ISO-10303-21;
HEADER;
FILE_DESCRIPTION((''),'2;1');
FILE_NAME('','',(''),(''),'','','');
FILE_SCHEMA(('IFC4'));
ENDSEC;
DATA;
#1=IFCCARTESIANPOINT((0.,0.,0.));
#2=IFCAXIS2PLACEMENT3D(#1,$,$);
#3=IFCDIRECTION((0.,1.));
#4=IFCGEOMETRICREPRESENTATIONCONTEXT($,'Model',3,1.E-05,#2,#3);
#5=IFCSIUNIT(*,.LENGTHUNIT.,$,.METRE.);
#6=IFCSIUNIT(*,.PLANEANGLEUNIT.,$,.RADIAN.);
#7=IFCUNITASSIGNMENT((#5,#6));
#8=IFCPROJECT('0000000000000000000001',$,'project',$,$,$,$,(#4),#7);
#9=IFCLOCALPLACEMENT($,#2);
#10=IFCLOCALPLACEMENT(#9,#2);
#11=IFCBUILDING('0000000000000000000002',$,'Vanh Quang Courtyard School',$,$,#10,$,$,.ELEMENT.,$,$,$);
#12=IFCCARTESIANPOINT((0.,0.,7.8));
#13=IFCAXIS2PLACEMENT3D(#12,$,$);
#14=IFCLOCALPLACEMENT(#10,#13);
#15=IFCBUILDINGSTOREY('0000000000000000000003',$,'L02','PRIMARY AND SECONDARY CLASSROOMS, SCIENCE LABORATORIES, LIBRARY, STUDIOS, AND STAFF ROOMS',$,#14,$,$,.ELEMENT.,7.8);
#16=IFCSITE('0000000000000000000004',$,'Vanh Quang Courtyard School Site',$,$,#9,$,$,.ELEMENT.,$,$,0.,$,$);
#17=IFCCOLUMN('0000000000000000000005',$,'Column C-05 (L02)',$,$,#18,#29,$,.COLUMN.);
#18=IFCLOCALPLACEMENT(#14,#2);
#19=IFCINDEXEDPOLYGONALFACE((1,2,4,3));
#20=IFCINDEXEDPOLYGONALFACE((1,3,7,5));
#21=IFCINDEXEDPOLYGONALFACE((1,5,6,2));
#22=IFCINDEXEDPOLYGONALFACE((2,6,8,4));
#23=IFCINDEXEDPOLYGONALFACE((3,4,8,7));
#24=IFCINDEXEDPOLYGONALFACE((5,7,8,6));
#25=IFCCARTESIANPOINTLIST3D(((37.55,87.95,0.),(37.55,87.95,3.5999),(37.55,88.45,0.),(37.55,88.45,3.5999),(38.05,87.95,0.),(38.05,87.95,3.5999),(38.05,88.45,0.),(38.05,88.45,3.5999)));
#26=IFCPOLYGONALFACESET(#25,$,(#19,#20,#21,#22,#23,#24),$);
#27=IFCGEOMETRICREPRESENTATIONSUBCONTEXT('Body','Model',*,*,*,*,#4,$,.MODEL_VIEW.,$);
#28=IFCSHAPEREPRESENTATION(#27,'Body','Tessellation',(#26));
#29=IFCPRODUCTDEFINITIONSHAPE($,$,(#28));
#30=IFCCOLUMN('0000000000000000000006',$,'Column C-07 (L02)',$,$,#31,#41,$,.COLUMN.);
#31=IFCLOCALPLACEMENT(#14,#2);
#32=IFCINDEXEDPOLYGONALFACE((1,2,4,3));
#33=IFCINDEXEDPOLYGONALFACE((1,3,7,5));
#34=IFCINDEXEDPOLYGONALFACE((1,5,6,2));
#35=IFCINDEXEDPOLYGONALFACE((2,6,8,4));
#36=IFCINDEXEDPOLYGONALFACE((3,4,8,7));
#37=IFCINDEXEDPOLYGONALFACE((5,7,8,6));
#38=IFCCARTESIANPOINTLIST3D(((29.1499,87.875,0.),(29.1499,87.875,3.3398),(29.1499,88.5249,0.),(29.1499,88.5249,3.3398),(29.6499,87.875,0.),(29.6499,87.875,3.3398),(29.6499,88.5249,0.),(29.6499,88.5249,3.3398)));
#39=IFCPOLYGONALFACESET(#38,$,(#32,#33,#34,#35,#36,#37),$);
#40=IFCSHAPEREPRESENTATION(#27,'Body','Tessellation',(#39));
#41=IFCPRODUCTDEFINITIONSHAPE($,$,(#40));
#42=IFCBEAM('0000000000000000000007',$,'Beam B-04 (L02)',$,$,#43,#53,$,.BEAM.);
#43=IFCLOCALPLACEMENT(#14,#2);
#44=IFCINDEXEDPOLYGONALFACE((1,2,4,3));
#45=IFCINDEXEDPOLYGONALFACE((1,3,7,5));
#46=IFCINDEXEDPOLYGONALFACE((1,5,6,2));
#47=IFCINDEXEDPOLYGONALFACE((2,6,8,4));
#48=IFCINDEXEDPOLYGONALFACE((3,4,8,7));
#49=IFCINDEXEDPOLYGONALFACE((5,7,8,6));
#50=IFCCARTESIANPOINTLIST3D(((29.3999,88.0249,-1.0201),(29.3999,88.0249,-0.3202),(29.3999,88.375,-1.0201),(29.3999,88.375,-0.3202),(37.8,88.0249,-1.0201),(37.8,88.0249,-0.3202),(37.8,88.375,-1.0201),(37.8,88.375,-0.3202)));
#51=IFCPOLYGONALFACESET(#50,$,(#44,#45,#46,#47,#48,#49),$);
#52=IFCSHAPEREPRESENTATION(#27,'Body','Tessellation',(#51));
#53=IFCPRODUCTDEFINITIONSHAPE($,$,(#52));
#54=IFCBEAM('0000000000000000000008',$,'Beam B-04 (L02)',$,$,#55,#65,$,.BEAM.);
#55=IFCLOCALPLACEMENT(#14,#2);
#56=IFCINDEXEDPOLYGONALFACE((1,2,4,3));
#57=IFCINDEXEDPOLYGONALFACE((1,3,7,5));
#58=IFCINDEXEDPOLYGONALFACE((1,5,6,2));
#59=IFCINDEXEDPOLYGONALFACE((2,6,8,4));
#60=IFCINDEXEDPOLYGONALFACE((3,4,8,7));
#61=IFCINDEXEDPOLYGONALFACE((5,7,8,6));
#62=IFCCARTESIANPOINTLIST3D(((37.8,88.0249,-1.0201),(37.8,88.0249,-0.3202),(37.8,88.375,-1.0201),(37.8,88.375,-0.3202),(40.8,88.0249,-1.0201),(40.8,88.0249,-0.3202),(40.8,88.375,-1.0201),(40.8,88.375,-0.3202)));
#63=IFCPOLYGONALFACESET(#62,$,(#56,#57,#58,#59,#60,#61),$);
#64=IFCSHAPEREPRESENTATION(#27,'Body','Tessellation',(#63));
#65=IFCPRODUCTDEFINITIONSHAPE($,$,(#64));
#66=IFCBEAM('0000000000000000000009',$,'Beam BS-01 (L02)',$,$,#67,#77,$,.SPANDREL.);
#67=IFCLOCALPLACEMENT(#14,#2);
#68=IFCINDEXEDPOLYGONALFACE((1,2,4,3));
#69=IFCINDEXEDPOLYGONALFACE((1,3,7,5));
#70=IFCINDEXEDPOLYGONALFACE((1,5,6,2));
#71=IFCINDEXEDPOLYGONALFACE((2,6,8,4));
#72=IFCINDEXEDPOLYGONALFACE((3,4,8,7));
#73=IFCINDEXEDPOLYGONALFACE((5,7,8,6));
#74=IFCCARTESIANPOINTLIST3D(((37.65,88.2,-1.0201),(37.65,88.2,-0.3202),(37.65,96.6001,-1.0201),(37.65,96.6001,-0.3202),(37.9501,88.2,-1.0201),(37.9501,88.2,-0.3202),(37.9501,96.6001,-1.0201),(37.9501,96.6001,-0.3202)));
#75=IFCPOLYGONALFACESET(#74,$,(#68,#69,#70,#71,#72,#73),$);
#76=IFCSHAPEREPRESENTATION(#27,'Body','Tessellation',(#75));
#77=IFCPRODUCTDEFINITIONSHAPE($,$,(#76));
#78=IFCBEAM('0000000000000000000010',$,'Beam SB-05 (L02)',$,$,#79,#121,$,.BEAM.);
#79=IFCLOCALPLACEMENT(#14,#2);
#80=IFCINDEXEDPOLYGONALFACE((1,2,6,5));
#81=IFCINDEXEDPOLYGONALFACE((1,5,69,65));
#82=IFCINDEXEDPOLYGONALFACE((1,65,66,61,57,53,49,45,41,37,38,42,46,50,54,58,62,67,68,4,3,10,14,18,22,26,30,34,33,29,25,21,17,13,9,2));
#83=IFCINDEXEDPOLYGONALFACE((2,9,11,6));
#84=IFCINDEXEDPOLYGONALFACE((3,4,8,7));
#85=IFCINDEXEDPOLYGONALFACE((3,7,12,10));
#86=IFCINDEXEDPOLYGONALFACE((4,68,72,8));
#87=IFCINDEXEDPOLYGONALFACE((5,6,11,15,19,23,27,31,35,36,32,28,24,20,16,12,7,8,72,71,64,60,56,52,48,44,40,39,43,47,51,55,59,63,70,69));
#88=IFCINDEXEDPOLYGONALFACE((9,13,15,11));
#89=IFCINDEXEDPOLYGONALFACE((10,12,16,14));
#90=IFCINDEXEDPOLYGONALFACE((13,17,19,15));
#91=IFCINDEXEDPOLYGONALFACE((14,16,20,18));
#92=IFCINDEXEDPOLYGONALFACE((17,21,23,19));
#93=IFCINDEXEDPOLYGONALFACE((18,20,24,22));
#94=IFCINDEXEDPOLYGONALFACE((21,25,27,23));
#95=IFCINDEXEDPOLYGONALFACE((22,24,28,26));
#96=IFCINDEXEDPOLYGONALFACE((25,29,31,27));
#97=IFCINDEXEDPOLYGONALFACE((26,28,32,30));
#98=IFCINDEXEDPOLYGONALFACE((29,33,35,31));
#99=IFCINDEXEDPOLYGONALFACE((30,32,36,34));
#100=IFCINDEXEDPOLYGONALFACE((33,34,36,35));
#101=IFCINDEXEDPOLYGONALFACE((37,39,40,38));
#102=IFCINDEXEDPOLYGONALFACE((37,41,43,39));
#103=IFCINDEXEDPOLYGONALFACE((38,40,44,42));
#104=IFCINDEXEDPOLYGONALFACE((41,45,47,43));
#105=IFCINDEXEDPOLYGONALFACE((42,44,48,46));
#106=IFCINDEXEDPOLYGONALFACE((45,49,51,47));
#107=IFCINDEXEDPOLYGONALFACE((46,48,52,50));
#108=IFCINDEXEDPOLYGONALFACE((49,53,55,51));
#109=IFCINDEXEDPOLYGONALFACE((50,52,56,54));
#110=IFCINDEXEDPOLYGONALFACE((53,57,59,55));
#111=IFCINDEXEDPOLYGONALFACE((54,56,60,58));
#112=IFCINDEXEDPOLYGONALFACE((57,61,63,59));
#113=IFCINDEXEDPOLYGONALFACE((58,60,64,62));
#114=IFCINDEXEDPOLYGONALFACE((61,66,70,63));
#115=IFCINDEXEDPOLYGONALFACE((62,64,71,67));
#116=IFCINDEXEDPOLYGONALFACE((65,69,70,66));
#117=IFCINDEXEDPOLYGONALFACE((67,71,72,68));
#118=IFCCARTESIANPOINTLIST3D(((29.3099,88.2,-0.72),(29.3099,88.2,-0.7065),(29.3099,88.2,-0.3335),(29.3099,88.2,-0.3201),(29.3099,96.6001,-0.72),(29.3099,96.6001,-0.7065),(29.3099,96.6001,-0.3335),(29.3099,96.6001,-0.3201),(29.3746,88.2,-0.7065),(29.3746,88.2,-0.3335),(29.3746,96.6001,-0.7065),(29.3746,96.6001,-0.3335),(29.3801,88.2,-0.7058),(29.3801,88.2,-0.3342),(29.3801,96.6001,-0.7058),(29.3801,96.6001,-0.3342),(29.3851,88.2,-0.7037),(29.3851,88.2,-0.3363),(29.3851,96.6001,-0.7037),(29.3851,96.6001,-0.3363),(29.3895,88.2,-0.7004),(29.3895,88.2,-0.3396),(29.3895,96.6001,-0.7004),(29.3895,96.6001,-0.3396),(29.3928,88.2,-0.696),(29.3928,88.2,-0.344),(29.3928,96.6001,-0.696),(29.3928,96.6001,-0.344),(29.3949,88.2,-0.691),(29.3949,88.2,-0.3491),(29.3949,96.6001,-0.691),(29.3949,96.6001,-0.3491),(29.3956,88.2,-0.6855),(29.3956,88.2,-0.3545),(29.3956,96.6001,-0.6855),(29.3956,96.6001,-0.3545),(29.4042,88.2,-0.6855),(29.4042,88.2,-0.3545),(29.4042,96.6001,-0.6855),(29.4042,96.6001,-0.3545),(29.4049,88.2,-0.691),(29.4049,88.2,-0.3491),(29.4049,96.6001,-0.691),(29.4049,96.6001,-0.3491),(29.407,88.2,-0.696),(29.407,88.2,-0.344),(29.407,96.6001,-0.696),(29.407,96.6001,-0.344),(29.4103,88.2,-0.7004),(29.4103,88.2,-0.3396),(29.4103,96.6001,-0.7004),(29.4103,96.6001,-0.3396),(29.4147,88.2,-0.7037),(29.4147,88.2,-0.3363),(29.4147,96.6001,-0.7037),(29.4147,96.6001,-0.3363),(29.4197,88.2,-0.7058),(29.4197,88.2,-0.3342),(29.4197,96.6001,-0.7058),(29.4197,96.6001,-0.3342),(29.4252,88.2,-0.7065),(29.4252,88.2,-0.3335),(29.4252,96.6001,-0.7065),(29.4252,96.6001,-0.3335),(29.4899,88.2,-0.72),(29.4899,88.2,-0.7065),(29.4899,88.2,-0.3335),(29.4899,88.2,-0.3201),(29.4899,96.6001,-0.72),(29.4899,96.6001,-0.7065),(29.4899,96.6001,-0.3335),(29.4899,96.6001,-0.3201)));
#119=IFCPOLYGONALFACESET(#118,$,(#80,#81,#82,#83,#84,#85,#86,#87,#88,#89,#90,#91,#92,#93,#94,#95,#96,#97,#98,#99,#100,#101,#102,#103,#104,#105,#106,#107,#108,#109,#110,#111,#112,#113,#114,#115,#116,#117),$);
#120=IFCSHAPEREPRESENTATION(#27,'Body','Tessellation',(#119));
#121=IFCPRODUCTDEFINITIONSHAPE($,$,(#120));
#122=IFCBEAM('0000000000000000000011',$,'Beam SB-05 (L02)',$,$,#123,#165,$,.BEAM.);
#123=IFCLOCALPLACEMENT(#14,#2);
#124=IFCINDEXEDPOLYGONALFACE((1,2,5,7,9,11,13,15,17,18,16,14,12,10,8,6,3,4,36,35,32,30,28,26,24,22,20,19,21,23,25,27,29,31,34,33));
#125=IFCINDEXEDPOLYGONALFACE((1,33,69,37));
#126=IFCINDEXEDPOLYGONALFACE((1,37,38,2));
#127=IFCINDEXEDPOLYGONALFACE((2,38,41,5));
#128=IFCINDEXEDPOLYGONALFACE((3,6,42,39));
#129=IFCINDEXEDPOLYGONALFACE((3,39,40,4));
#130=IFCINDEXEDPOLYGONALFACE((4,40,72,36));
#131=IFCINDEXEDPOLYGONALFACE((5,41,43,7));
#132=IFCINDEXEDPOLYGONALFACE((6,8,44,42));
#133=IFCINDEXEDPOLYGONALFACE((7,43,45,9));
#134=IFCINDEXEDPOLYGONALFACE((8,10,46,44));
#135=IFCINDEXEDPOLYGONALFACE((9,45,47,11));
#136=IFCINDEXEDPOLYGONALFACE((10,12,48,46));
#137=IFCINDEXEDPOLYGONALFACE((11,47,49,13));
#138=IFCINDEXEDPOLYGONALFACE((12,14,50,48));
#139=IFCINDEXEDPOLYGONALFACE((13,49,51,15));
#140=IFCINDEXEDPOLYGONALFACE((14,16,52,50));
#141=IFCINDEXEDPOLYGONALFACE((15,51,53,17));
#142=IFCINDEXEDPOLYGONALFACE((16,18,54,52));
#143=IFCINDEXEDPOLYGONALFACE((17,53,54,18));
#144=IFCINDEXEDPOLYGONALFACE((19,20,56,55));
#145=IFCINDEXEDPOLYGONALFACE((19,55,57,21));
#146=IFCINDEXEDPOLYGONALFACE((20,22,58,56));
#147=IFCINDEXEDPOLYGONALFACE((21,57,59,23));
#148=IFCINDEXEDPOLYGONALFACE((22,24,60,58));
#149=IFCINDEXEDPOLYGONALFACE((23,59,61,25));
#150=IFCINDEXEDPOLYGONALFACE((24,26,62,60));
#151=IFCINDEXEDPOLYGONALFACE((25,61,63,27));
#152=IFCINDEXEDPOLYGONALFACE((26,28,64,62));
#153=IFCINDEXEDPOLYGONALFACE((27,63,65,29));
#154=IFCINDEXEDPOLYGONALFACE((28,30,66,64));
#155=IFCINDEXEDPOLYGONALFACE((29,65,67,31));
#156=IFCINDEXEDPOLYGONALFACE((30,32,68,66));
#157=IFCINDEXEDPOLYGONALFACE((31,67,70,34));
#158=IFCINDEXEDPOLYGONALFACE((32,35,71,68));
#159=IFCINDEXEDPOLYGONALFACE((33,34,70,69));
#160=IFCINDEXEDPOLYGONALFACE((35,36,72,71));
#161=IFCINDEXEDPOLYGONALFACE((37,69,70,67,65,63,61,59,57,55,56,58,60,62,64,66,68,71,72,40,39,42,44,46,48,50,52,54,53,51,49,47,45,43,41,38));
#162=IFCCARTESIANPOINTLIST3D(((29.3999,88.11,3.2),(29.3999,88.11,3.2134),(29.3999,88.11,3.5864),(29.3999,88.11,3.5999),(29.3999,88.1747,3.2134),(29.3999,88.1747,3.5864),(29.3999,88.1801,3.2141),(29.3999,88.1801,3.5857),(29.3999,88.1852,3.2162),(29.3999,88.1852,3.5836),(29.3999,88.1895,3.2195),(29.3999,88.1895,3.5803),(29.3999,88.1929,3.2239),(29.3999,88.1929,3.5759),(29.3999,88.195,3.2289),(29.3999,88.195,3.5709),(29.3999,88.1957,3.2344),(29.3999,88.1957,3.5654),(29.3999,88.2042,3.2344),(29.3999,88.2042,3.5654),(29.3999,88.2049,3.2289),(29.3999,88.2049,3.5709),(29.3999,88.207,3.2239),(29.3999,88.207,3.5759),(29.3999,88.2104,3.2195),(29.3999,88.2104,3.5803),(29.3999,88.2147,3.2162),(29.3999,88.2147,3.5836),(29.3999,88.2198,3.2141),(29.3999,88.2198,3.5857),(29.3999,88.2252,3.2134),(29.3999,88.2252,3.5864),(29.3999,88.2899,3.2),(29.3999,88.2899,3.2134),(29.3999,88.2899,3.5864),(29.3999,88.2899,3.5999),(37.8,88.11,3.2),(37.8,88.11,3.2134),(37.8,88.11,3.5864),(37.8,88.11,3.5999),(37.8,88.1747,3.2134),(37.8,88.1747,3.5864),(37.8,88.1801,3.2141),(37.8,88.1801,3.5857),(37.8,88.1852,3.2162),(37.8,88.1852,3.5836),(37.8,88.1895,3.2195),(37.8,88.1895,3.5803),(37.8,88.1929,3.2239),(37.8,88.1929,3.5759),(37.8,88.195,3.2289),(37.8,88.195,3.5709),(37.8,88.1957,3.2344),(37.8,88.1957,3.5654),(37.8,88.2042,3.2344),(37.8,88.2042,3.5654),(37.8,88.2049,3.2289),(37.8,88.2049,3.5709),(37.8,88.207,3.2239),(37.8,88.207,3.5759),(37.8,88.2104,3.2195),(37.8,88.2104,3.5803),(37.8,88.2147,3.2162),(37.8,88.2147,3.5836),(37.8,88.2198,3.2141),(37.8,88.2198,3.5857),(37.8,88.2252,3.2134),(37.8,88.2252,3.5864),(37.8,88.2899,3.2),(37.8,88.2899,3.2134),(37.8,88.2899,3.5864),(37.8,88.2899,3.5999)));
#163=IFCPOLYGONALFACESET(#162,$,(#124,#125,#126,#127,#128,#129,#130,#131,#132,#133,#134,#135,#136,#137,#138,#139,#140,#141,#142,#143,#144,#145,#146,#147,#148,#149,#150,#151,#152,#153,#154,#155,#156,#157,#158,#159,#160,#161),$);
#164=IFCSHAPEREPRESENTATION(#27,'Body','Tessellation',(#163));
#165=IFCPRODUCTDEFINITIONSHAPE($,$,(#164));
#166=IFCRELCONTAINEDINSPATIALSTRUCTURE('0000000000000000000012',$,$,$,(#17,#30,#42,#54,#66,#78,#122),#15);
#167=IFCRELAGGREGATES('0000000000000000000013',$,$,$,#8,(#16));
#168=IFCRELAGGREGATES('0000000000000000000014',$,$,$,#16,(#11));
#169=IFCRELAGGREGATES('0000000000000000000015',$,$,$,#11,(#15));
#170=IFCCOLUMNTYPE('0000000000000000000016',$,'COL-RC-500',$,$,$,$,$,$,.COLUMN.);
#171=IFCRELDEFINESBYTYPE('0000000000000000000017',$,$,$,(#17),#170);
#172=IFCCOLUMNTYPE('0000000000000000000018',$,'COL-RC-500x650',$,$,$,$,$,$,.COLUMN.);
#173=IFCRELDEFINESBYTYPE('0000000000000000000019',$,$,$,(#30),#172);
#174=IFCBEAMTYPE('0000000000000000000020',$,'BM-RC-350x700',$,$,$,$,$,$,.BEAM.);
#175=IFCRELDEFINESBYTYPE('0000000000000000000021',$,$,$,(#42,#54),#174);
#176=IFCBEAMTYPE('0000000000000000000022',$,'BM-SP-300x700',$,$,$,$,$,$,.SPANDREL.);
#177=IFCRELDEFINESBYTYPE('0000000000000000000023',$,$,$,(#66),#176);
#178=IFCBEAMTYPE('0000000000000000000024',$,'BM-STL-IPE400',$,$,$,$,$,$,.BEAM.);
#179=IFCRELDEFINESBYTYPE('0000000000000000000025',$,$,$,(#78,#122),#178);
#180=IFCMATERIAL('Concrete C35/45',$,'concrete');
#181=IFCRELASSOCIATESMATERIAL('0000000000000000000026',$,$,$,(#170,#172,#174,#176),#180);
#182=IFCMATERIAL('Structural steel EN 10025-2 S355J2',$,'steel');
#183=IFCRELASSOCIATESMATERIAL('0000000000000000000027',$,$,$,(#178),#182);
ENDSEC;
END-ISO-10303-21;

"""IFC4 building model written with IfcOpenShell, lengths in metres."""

from ifc_helpers import new_model, si_unit, direction, frame, origin, origin_2d, place, context, subcontext, project, spatial, rectangle, i_section, extrude, material, material_profile, profile_set, type_object, element, save


model = new_model("IFC4")

# Units and contexts
model_context = context("Model", 3, precision=1e-05, world=origin(), true_north=direction((0.0, 1.0)))
body_context = subcontext(model_context, "Body", "Model", "MODEL_VIEW")
ifc_project = project(units=[si_unit("LENGTHUNIT", "METRE"), si_unit("PLANEANGLEUNIT", "RADIAN")], contexts=[model_context])

# Site, building, storey
site_placement = place(None, origin())
site = spatial("IfcSite", under=ifc_project, at=site_placement, Name="Vanh Quang Courtyard School Site", CompositionType="ELEMENT", RefElevation=0.0)
building_placement = place(site_placement, origin())
building = spatial("IfcBuilding", under=site, at=building_placement, Name="Vanh Quang Courtyard School", CompositionType="ELEMENT")
storey_placement = place(building_placement, frame((0.0, 0.0, 7.8)))
storey = spatial("IfcBuildingStorey", under=building, at=storey_placement, Name="L02", Description="PRIMARY AND SECONDARY CLASSROOMS, SCIENCE LABORATORIES, LIBRARY, STUDIOS, AND STAFF ROOMS", CompositionType="ELEMENT", Elevation=7.8)

# Columns
ifc_material_1 = material(Name="Concrete C35/45", Category="concrete")
ifc_material_profile_1 = material_profile(ifc_material_1, rectangle(XDim=0.5, YDim=0.5, at=origin_2d()), Name="RC-COL 500x500")
ifc_profile_set_1 = profile_set([ifc_material_profile_1], Name="Concrete C35/45")
column_type_1 = type_object("IfcColumnType", Name="COL-RC-500", PredefinedType="COLUMN", material=ifc_profile_set_1)
column_1_placement = place(storey_placement, frame((37.8, 88.2, 0.0), z_axis=(0.0, 0.0, 1.0), x_axis=(1.0, 0.0, 0.0)))
element("IfcColumn", 1, at=column_1_placement, inside=storey, type_object=column_type_1, Name="Column C-05 (L02)", PredefinedType="COLUMN", context=body_context, shape_type="SweptSolid", body=[
    extrude(rectangle(XDim=0.5, YDim=0.5, at=origin_2d()), origin(), (0.0, 0.0, 1.0), 3.5999),
])
ifc_material_profile_2 = material_profile(ifc_material_1, rectangle(XDim=0.5, YDim=0.6499, at=origin_2d()), Name="RC-COL 500x650")
ifc_profile_set_2 = profile_set([ifc_material_profile_2], Name="Concrete C35/45")
column_type_2 = type_object("IfcColumnType", Name="COL-RC-500x650", PredefinedType="COLUMN", material=ifc_profile_set_2)
column_2_placement = place(storey_placement, frame((29.3999, 88.2, 0.0), z_axis=(0.0, 0.0, 1.0), x_axis=(1.0, 0.0, 0.0)))
element("IfcColumn", 2, at=column_2_placement, inside=storey, type_object=column_type_2, Name="Column C-07 (L02)", PredefinedType="COLUMN", context=body_context, shape_type="SweptSolid", body=[
    extrude(rectangle(XDim=0.5, YDim=0.6499, at=origin_2d()), origin(), (0.0, 0.0, 1.0), 3.3398),
])

# Beams
ifc_material_profile_3 = material_profile(ifc_material_1, rectangle(XDim=0.3501, YDim=0.7, at=origin_2d()), Name="RC-BM 350x700")
ifc_profile_set_3 = profile_set([ifc_material_profile_3], Name="Concrete C35/45")
beam_type_1 = type_object("IfcBeamType", Name="BM-RC-350x700", PredefinedType="BEAM", material=ifc_profile_set_3)
beam_1_placement = place(storey_placement, frame((29.3999, 88.2, -0.6702), z_axis=(1.0, 0.0, 0.0), x_axis=(0.0, 1.0, 0.0)))
element("IfcBeam", 3, at=beam_1_placement, inside=storey, type_object=beam_type_1, Name="Beam B-04 (L02)", PredefinedType="BEAM", context=body_context, shape_type="SweptSolid", body=[
    extrude(rectangle(XDim=0.3501, YDim=0.7, at=origin_2d()), origin(), (0.0, 0.0, 1.0), 8.4001),
])
beam_2_placement = place(storey_placement, frame((37.8, 88.2, -0.6702), z_axis=(1.0, 0.0, 0.0), x_axis=(0.0, 1.0, 0.0)))
element("IfcBeam", 4, at=beam_2_placement, inside=storey, type_object=beam_type_1, Name="Beam B-04 (L02)", PredefinedType="BEAM", context=body_context, shape_type="SweptSolid", body=[
    extrude(rectangle(XDim=0.3501, YDim=0.7, at=origin_2d()), origin(), (0.0, 0.0, 1.0), 3.0),
])
ifc_material_profile_4 = material_profile(ifc_material_1, rectangle(XDim=0.3, YDim=0.7, at=origin_2d()), Name="RC-SP 300x700")
ifc_profile_set_4 = profile_set([ifc_material_profile_4], Name="Concrete C35/45")
beam_type_2 = type_object("IfcBeamType", Name="BM-SP-300x700", PredefinedType="SPANDREL", material=ifc_profile_set_4)
beam_3_placement = place(storey_placement, frame((37.8, 88.2, -0.6702), z_axis=(0.0, 1.0, 0.0), x_axis=(-1.0, 0.0, 0.0)))
element("IfcBeam", 5, at=beam_3_placement, inside=storey, type_object=beam_type_2, Name="Beam BS-01 (L02)", PredefinedType="SPANDREL", context=body_context, shape_type="SweptSolid", body=[
    extrude(rectangle(XDim=0.3, YDim=0.7, at=origin_2d()), origin(), (0.0, 0.0, 1.0), 8.4001),
])
ifc_material_2 = material(Name="Structural steel EN 10025-2 S355J2", Category="steel")
ifc_material_profile_5 = material_profile(ifc_material_2, i_section(OverallWidth=0.1799, OverallDepth=0.3999, WebThickness=0.0085, FlangeThickness=0.0134, FilletRadius=0.021, at=origin_2d()), Name="IPE 400")
ifc_profile_set_5 = profile_set([ifc_material_profile_5], Name="Structural steel EN 10025-2 S355J2")
beam_type_3 = type_object("IfcBeamType", Name="BM-STL-IPE400", PredefinedType="BEAM", material=ifc_profile_set_5)
for number, where, z_axis, x_axis, name in (
    (6, (29.3999, 88.2, -0.52), (0.0, 1.0, 0.0), (-1.0, 0.0, 0.0), "Beam SB-05 (L02)"),
    (7, (29.3999, 88.2, 3.3999), (1.0, 0.0, 0.0), (0.0, 1.0, 0.0), "Beam SB-05 (L02)"),
):
    element("IfcBeam", number, at=place(storey_placement, frame(where, z_axis=z_axis, x_axis=x_axis)), inside=storey, type_object=beam_type_3, Name=name, PredefinedType="BEAM", context=body_context, shape_type="SweptSolid", body=[
        extrude(i_section(OverallWidth=0.1799, OverallDepth=0.3999, WebThickness=0.0085, FlangeThickness=0.0134, FilletRadius=0.021, at=origin_2d()), origin(), (0.0, 0.0, 1.0), 8.4001),
    ])

save(model, "model.ifc")
